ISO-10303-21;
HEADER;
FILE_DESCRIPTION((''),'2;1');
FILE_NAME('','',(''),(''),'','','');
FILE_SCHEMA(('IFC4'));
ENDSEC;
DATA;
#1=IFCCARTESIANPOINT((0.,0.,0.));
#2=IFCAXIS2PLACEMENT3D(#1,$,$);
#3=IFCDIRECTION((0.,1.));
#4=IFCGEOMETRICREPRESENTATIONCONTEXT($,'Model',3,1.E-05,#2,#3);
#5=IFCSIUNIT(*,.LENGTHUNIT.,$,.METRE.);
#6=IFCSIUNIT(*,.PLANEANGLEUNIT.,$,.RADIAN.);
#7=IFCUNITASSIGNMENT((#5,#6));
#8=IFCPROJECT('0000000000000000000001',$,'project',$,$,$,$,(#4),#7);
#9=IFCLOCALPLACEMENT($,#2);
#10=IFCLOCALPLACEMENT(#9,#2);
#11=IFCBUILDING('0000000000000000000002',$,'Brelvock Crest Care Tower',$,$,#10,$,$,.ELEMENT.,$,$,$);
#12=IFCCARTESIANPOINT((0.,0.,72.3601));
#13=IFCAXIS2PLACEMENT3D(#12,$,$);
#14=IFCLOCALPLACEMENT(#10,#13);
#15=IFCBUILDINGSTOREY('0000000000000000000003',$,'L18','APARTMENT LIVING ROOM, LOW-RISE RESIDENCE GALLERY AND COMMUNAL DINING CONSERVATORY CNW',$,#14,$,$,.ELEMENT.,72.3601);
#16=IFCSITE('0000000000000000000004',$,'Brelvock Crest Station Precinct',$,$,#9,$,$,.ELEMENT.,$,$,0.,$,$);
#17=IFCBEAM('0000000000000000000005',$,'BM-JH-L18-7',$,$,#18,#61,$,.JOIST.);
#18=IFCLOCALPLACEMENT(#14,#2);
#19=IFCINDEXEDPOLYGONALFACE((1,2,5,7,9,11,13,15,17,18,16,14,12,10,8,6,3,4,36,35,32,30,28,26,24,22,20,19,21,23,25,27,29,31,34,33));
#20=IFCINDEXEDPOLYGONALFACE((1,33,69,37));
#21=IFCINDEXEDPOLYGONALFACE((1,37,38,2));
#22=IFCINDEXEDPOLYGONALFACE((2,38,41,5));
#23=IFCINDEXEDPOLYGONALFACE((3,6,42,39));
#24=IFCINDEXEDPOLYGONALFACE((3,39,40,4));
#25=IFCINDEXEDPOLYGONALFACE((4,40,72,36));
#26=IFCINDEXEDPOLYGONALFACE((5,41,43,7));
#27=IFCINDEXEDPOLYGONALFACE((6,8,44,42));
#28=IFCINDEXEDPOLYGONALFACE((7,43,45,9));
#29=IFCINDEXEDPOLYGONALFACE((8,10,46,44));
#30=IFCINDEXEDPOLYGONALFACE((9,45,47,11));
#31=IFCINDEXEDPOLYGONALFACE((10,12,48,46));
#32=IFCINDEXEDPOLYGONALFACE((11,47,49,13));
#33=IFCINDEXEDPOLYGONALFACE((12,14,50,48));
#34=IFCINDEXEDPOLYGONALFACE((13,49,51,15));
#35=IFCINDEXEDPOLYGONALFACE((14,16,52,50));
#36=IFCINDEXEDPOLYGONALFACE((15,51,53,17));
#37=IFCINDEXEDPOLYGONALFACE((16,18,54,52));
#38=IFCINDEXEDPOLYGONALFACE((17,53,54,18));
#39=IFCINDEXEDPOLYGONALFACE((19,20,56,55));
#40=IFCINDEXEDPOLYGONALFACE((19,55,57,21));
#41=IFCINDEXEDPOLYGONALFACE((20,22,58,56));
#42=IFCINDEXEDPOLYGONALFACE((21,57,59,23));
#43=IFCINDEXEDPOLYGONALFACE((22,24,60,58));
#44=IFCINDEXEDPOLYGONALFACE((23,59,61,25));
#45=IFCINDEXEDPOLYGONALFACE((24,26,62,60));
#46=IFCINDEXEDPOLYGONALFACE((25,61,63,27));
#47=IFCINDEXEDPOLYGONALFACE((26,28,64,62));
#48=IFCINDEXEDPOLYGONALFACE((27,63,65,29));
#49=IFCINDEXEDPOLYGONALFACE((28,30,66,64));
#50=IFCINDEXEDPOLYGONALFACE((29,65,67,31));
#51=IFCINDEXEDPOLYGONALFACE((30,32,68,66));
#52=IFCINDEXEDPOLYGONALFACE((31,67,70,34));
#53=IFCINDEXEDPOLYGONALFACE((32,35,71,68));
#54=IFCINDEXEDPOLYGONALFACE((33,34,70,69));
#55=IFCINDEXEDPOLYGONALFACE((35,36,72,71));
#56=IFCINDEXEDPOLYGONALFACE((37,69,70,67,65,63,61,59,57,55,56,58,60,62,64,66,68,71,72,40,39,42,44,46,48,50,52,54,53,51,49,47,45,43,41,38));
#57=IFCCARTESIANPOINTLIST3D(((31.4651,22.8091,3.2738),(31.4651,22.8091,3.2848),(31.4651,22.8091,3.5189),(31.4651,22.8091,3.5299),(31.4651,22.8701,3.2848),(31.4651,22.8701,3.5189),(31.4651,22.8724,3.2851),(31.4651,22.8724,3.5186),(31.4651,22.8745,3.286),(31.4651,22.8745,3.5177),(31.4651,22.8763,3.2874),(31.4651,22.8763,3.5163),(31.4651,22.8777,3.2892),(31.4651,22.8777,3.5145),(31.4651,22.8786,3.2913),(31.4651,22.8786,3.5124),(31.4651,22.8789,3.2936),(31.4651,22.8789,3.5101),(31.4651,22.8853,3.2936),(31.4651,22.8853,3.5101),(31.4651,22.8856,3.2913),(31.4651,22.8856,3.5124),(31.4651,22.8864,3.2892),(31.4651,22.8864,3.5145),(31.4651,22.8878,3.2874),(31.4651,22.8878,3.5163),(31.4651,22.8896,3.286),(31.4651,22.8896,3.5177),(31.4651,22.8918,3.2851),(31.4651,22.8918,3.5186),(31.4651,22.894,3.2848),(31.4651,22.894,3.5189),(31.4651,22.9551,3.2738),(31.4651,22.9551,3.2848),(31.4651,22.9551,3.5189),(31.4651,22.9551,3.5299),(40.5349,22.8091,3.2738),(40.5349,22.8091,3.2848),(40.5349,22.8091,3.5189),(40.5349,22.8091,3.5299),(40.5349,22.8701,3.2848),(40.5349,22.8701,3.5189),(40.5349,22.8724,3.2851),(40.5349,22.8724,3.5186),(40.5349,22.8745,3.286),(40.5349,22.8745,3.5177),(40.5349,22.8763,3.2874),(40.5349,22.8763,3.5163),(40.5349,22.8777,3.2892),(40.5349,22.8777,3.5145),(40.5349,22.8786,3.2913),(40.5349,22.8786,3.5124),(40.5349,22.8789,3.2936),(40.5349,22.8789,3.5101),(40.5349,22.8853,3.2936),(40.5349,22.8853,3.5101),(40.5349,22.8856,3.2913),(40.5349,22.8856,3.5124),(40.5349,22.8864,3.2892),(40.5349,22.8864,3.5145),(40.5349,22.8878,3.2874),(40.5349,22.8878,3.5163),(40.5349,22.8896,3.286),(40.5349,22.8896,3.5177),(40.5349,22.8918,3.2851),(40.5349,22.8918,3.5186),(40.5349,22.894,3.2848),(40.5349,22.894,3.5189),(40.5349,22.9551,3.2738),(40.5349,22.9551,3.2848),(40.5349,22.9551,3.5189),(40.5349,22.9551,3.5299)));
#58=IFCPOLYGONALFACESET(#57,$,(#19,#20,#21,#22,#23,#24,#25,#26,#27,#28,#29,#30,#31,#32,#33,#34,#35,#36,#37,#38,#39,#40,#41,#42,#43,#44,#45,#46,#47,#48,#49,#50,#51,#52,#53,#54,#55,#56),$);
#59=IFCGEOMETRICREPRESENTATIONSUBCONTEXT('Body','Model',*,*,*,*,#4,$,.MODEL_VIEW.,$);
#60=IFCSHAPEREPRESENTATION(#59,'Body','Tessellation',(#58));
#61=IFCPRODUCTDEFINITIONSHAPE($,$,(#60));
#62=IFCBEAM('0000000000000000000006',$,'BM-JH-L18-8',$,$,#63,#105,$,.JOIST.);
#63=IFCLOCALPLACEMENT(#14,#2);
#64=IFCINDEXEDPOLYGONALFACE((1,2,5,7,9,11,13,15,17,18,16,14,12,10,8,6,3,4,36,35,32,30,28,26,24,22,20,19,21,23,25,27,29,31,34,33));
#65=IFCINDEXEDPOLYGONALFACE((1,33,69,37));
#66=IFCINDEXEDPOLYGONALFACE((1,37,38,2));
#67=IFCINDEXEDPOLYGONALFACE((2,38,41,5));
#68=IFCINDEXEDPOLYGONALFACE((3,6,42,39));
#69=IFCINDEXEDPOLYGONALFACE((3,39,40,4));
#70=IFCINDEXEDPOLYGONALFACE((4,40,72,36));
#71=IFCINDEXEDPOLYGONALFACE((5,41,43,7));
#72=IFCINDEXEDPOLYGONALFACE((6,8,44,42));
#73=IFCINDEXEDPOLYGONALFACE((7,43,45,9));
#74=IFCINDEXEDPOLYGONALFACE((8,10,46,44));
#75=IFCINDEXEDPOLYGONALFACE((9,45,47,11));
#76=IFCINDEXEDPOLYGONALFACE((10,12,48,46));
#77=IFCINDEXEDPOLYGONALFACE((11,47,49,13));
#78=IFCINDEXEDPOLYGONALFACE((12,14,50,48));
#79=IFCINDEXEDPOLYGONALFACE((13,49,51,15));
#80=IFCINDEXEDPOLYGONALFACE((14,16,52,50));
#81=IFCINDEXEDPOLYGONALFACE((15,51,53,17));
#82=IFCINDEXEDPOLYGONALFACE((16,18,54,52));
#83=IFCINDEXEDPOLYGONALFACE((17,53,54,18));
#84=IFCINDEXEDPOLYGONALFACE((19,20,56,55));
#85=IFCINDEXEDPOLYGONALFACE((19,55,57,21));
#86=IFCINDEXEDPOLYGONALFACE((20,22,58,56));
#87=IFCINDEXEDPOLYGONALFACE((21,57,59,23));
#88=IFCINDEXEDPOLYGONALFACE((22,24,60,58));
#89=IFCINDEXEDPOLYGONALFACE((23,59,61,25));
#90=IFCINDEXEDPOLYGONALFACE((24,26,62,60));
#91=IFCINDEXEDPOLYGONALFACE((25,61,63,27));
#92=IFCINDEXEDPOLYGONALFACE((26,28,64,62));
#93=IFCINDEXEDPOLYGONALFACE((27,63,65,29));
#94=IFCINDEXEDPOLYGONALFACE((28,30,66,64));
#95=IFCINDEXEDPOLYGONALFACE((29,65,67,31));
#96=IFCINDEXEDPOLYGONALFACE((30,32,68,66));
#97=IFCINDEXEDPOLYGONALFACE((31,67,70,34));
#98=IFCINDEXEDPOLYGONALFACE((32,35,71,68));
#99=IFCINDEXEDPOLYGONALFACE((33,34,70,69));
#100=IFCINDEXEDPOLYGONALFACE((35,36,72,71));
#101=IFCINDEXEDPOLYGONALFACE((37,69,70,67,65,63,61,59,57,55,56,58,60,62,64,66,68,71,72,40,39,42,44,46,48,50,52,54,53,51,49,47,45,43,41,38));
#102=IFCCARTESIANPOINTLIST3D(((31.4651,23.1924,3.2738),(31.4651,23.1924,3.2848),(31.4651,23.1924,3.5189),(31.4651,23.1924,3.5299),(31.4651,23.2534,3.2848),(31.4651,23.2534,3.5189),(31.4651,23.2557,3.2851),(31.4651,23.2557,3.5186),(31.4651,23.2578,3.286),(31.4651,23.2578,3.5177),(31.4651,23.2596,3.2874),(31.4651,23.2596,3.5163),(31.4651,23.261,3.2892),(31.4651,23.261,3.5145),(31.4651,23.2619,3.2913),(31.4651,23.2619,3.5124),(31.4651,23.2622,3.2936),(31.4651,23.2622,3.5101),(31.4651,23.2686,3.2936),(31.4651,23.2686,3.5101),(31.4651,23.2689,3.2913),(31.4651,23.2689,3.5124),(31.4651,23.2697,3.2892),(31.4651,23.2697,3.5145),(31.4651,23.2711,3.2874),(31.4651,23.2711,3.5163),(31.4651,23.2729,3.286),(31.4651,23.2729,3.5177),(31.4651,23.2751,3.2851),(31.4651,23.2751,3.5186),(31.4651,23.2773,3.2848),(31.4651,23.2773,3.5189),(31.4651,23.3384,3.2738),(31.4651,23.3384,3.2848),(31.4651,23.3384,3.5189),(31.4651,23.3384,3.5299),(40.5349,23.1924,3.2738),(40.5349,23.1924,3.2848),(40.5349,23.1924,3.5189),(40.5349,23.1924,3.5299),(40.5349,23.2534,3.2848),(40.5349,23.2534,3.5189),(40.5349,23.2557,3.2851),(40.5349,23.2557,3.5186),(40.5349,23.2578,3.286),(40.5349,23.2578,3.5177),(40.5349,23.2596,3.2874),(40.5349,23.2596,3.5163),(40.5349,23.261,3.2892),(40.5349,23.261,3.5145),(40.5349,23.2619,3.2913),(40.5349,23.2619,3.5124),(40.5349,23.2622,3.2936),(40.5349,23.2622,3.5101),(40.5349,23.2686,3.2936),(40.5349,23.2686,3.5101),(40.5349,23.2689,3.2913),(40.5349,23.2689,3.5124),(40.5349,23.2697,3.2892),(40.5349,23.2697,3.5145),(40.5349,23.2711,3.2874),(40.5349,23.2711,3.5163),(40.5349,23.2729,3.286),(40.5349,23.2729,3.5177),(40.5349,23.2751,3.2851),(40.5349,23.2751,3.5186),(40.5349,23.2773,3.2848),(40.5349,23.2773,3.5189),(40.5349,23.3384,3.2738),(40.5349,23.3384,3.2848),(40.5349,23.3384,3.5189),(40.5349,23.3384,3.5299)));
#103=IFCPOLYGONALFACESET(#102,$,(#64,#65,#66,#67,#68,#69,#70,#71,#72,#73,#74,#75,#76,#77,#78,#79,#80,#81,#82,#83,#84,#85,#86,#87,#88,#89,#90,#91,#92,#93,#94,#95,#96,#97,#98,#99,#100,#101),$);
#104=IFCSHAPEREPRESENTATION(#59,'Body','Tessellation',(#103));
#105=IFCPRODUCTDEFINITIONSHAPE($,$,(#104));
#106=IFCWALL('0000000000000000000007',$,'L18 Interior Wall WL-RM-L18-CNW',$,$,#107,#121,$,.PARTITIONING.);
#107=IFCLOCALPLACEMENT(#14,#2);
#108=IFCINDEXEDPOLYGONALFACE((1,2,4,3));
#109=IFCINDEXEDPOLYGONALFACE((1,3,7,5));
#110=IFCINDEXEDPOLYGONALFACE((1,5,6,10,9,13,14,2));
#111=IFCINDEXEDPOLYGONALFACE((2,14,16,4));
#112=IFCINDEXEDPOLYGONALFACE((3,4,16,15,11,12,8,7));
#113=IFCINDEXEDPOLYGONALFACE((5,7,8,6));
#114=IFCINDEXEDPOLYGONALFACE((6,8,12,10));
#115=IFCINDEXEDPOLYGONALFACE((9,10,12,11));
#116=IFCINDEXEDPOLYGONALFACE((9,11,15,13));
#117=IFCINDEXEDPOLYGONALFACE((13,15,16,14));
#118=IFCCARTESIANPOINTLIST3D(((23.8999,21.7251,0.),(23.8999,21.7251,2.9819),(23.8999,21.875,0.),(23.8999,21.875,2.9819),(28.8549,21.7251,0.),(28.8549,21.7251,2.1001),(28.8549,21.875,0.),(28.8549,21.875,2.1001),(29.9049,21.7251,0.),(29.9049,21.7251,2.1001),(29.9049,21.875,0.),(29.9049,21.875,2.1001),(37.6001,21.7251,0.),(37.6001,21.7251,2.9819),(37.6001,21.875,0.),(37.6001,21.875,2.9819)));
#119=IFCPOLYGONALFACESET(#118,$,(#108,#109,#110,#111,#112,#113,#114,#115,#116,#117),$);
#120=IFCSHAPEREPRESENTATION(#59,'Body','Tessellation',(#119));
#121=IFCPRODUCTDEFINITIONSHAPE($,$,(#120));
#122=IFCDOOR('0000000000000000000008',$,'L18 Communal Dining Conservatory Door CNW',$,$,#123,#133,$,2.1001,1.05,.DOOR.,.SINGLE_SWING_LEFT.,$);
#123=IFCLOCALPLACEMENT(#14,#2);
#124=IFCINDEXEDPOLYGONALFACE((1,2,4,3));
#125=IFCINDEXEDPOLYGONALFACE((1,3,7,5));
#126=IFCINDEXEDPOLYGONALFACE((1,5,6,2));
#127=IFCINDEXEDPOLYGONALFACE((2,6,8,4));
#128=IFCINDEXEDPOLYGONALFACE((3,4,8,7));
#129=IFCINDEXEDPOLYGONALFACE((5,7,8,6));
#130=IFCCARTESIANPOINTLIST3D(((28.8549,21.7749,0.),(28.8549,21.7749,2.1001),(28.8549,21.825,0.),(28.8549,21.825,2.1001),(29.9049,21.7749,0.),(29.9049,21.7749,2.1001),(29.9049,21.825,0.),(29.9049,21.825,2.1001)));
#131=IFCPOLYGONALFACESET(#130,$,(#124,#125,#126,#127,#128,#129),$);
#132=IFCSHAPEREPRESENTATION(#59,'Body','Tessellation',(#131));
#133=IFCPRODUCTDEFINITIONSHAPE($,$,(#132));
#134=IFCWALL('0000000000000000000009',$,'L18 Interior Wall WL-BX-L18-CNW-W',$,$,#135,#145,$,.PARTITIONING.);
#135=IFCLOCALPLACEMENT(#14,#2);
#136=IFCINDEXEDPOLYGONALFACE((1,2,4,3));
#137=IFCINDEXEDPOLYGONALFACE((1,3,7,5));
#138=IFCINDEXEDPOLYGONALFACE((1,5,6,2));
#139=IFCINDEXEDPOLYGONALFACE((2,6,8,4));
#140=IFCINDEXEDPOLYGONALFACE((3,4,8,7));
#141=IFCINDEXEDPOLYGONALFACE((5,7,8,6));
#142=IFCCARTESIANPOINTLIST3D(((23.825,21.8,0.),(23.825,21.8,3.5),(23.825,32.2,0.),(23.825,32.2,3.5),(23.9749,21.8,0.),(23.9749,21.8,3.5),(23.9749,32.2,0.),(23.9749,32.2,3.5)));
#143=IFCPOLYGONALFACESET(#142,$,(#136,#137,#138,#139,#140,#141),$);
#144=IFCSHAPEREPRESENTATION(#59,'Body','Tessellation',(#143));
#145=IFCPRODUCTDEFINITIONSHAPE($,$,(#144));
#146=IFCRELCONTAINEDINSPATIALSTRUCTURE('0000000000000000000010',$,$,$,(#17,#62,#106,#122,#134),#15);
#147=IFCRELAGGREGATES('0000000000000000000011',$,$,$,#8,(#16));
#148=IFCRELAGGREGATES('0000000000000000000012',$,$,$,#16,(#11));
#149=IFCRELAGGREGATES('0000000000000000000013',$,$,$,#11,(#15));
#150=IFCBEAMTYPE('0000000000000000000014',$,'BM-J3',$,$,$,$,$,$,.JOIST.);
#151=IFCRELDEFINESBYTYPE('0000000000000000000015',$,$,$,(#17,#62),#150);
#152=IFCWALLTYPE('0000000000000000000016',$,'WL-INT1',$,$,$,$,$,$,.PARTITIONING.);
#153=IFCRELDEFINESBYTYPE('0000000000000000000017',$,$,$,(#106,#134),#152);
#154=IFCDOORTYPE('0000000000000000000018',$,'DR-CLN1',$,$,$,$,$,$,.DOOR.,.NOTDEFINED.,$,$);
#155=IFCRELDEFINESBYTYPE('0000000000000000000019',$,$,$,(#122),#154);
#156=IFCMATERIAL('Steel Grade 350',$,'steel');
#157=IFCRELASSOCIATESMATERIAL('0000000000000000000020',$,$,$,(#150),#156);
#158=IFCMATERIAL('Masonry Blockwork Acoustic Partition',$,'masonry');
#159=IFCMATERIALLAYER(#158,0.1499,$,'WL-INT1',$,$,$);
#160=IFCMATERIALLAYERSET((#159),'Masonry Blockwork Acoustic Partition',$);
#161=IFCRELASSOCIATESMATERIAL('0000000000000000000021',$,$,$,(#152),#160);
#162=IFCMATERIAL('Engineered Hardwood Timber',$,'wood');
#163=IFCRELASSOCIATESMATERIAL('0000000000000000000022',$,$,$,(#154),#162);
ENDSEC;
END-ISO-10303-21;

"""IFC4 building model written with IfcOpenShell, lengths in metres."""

from ifc_helpers import new_model, si_unit, direction, frame, frame_2d, origin, origin_2d, place, context, subcontext, project, spatial, rectangle, i_section, extrude, source, transform, mapped, material, layer, layer_set, material_profile, profile_set, type_object, element, fill, save


model = new_model("IFC4")

# Units and contexts
model_context = context("Model", 3, precision=1e-05, world=origin(), true_north=direction((0.0, 1.0)))
body_context = subcontext(model_context, "Body", "Model", "MODEL_VIEW")
ifc_project = project(units=[si_unit("LENGTHUNIT", "METRE"), si_unit("PLANEANGLEUNIT", "RADIAN")], contexts=[model_context])

# Site, building, storey
site_placement = place(None, origin())
site = spatial("IfcSite", under=ifc_project, at=site_placement, Name="Brelvock Crest Station Precinct", CompositionType="ELEMENT", RefElevation=0.0)
building_placement = place(site_placement, origin())
building = spatial("IfcBuilding", under=site, at=building_placement, Name="Brelvock Crest Care Tower", CompositionType="ELEMENT")
storey_placement = place(building_placement, frame((0.0, 0.0, 72.3601)))
storey = spatial("IfcBuildingStorey", under=building, at=storey_placement, Name="L18", Description="APARTMENT LIVING ROOM, LOW-RISE RESIDENCE GALLERY AND COMMUNAL DINING CONSERVATORY CNW", CompositionType="ELEMENT", Elevation=72.3601)

# Shared definitions
ifc_material_1 = material(Name="Steel Grade 350", Category="steel")

# Beams
ifc_material_profile_1 = material_profile(ifc_material_1, i_section(OverallWidth=0.146, OverallDepth=0.2561, WebThickness=0.0063, FlangeThickness=0.011, FilletRadius=0.0088, at=origin_2d()), Name="250UB37.3")
ifc_profile_set_1 = profile_set([ifc_material_profile_1], Name="Steel Grade 350")
beam_type_1 = type_object("IfcBeamType", Name="BM-J3", PredefinedType="JOIST", material=ifc_profile_set_1)
shared_shape_1 = source(origin(), body_context, "Body", "SweptSolid", [
    extrude(i_section(OverallWidth=0.146, OverallDepth=0.2561, WebThickness=0.0063, FlangeThickness=0.011, FilletRadius=0.0088, at=origin_2d()), origin(), (0.0, 0.0, 1.0), 9.0698),
])
for number, where, z_axis, x_axis, name in (
    (1, (31.4651, 22.8821, 3.4019), (1.0, 0.0, 0.0), (0.0, 1.0, 0.0), "BM-JH-L18-7"),
    (2, (31.4651, 23.2654, 3.4019), (1.0, 0.0, 0.0), (0.0, 1.0, 0.0), "BM-JH-L18-8"),
):
    element("IfcBeam", number, at=place(storey_placement, frame(where, z_axis=z_axis, x_axis=x_axis)), inside=storey, type_object=beam_type_1, Name=name, PredefinedType="JOIST", context=body_context, shape_type="MappedRepresentation", body=[
        mapped(shared_shape_1, transform((0.0, 0.0, 0.0), x_axis=(1.0, 0.0, 0.0), y_axis=(0.0, 1.0, 0.0), z_axis=(0.0, 0.0, 1.0), scale=1.0)),
    ])

# Wall, opening, door
ifc_material_2 = material(Name="Masonry Blockwork Acoustic Partition", Category="masonry")
ifc_layer = layer(ifc_material_2, 0.1499, Name="WL-INT1")
ifc_layer_set = layer_set([ifc_layer], Name="Masonry Blockwork Acoustic Partition")
wall_type = type_object("IfcWallType", Name="WL-INT1", PredefinedType="PARTITIONING", material=ifc_layer_set)
wall_1_placement = place(storey_placement, frame((23.8999, 21.8, 0.0), z_axis=(0.0, 0.0, 1.0), x_axis=(1.0, 0.0, 0.0)))
wall_1 = element("IfcWall", 3, at=wall_1_placement, inside=storey, type_object=wall_type, Name="L18 Interior Wall WL-RM-L18-CNW", PredefinedType="PARTITIONING", context=body_context, shape_type="SweptSolid", body=[
    extrude(rectangle(XDim=13.7002, YDim=0.1499, at=frame_2d((6.8501, 0.0))), origin(), (0.0, 0.0, 1.0), 2.9819),
])
opening_placement = place(wall_1_placement, frame((4.9551, 0.0, 0.0)))
opening = element("IfcOpeningElement", 4, at=opening_placement, cuts=wall_1, PredefinedType="OPENING", context=body_context, shape_type="SweptSolid", body=[
    extrude(rectangle(XDim=1.05, YDim=2.1001, at=origin_2d()), frame((0.5249, 0.085, 1.05), z_axis=(0.0, -1.0, 0.0), x_axis=(1.0, 0.0, 0.0)), (0.0, 0.0, 1.0), 0.1699),
])
ifc_material_3 = material(Name="Engineered Hardwood Timber", Category="wood")
door_type = type_object("IfcDoorType", Name="DR-CLN1", OperationType="NOTDEFINED", PredefinedType="DOOR", material=ifc_material_3)
shared_shape_2 = source(origin(), body_context, "Body", "SweptSolid", [
    extrude(rectangle(XDim=1.05, YDim=2.1001, at=origin_2d()), frame((0.5249, 0.0249, 1.05), z_axis=(0.0, -1.0, 0.0), x_axis=(1.0, 0.0, 0.0)), (0.0, 0.0, 1.0), 0.05),
])
door_placement = place(opening_placement, origin())
door = element("IfcDoor", 5, at=door_placement, inside=storey, type_object=door_type, Name="L18 Communal Dining Conservatory Door CNW", OperationType="SINGLE_SWING_LEFT", OverallHeight=2.1001, OverallWidth=1.05, PredefinedType="DOOR", context=body_context, shape_type="MappedRepresentation", body=[
    mapped(shared_shape_2, transform((0.0, 0.0, 0.0), x_axis=(1.0, 0.0, 0.0), y_axis=(0.0, 1.0, 0.0), z_axis=(0.0, 0.0, 1.0), scale=1.0)),
])
fill(opening, door)

# Wall
wall_2_placement = place(storey_placement, frame((23.8999, 21.8, 0.0), z_axis=(0.0, 0.0, 1.0), x_axis=(0.0, 1.0, 0.0)))
element("IfcWall", 6, at=wall_2_placement, inside=storey, type_object=wall_type, Name="L18 Interior Wall WL-BX-L18-CNW-W", PredefinedType="PARTITIONING", context=body_context, shape_type="SweptSolid", body=[
    extrude(rectangle(XDim=10.3999, YDim=0.1499, at=frame_2d((5.2, 0.0))), origin(), (0.0, 0.0, 1.0), 3.5),
])

save(model, "model.ifc")
